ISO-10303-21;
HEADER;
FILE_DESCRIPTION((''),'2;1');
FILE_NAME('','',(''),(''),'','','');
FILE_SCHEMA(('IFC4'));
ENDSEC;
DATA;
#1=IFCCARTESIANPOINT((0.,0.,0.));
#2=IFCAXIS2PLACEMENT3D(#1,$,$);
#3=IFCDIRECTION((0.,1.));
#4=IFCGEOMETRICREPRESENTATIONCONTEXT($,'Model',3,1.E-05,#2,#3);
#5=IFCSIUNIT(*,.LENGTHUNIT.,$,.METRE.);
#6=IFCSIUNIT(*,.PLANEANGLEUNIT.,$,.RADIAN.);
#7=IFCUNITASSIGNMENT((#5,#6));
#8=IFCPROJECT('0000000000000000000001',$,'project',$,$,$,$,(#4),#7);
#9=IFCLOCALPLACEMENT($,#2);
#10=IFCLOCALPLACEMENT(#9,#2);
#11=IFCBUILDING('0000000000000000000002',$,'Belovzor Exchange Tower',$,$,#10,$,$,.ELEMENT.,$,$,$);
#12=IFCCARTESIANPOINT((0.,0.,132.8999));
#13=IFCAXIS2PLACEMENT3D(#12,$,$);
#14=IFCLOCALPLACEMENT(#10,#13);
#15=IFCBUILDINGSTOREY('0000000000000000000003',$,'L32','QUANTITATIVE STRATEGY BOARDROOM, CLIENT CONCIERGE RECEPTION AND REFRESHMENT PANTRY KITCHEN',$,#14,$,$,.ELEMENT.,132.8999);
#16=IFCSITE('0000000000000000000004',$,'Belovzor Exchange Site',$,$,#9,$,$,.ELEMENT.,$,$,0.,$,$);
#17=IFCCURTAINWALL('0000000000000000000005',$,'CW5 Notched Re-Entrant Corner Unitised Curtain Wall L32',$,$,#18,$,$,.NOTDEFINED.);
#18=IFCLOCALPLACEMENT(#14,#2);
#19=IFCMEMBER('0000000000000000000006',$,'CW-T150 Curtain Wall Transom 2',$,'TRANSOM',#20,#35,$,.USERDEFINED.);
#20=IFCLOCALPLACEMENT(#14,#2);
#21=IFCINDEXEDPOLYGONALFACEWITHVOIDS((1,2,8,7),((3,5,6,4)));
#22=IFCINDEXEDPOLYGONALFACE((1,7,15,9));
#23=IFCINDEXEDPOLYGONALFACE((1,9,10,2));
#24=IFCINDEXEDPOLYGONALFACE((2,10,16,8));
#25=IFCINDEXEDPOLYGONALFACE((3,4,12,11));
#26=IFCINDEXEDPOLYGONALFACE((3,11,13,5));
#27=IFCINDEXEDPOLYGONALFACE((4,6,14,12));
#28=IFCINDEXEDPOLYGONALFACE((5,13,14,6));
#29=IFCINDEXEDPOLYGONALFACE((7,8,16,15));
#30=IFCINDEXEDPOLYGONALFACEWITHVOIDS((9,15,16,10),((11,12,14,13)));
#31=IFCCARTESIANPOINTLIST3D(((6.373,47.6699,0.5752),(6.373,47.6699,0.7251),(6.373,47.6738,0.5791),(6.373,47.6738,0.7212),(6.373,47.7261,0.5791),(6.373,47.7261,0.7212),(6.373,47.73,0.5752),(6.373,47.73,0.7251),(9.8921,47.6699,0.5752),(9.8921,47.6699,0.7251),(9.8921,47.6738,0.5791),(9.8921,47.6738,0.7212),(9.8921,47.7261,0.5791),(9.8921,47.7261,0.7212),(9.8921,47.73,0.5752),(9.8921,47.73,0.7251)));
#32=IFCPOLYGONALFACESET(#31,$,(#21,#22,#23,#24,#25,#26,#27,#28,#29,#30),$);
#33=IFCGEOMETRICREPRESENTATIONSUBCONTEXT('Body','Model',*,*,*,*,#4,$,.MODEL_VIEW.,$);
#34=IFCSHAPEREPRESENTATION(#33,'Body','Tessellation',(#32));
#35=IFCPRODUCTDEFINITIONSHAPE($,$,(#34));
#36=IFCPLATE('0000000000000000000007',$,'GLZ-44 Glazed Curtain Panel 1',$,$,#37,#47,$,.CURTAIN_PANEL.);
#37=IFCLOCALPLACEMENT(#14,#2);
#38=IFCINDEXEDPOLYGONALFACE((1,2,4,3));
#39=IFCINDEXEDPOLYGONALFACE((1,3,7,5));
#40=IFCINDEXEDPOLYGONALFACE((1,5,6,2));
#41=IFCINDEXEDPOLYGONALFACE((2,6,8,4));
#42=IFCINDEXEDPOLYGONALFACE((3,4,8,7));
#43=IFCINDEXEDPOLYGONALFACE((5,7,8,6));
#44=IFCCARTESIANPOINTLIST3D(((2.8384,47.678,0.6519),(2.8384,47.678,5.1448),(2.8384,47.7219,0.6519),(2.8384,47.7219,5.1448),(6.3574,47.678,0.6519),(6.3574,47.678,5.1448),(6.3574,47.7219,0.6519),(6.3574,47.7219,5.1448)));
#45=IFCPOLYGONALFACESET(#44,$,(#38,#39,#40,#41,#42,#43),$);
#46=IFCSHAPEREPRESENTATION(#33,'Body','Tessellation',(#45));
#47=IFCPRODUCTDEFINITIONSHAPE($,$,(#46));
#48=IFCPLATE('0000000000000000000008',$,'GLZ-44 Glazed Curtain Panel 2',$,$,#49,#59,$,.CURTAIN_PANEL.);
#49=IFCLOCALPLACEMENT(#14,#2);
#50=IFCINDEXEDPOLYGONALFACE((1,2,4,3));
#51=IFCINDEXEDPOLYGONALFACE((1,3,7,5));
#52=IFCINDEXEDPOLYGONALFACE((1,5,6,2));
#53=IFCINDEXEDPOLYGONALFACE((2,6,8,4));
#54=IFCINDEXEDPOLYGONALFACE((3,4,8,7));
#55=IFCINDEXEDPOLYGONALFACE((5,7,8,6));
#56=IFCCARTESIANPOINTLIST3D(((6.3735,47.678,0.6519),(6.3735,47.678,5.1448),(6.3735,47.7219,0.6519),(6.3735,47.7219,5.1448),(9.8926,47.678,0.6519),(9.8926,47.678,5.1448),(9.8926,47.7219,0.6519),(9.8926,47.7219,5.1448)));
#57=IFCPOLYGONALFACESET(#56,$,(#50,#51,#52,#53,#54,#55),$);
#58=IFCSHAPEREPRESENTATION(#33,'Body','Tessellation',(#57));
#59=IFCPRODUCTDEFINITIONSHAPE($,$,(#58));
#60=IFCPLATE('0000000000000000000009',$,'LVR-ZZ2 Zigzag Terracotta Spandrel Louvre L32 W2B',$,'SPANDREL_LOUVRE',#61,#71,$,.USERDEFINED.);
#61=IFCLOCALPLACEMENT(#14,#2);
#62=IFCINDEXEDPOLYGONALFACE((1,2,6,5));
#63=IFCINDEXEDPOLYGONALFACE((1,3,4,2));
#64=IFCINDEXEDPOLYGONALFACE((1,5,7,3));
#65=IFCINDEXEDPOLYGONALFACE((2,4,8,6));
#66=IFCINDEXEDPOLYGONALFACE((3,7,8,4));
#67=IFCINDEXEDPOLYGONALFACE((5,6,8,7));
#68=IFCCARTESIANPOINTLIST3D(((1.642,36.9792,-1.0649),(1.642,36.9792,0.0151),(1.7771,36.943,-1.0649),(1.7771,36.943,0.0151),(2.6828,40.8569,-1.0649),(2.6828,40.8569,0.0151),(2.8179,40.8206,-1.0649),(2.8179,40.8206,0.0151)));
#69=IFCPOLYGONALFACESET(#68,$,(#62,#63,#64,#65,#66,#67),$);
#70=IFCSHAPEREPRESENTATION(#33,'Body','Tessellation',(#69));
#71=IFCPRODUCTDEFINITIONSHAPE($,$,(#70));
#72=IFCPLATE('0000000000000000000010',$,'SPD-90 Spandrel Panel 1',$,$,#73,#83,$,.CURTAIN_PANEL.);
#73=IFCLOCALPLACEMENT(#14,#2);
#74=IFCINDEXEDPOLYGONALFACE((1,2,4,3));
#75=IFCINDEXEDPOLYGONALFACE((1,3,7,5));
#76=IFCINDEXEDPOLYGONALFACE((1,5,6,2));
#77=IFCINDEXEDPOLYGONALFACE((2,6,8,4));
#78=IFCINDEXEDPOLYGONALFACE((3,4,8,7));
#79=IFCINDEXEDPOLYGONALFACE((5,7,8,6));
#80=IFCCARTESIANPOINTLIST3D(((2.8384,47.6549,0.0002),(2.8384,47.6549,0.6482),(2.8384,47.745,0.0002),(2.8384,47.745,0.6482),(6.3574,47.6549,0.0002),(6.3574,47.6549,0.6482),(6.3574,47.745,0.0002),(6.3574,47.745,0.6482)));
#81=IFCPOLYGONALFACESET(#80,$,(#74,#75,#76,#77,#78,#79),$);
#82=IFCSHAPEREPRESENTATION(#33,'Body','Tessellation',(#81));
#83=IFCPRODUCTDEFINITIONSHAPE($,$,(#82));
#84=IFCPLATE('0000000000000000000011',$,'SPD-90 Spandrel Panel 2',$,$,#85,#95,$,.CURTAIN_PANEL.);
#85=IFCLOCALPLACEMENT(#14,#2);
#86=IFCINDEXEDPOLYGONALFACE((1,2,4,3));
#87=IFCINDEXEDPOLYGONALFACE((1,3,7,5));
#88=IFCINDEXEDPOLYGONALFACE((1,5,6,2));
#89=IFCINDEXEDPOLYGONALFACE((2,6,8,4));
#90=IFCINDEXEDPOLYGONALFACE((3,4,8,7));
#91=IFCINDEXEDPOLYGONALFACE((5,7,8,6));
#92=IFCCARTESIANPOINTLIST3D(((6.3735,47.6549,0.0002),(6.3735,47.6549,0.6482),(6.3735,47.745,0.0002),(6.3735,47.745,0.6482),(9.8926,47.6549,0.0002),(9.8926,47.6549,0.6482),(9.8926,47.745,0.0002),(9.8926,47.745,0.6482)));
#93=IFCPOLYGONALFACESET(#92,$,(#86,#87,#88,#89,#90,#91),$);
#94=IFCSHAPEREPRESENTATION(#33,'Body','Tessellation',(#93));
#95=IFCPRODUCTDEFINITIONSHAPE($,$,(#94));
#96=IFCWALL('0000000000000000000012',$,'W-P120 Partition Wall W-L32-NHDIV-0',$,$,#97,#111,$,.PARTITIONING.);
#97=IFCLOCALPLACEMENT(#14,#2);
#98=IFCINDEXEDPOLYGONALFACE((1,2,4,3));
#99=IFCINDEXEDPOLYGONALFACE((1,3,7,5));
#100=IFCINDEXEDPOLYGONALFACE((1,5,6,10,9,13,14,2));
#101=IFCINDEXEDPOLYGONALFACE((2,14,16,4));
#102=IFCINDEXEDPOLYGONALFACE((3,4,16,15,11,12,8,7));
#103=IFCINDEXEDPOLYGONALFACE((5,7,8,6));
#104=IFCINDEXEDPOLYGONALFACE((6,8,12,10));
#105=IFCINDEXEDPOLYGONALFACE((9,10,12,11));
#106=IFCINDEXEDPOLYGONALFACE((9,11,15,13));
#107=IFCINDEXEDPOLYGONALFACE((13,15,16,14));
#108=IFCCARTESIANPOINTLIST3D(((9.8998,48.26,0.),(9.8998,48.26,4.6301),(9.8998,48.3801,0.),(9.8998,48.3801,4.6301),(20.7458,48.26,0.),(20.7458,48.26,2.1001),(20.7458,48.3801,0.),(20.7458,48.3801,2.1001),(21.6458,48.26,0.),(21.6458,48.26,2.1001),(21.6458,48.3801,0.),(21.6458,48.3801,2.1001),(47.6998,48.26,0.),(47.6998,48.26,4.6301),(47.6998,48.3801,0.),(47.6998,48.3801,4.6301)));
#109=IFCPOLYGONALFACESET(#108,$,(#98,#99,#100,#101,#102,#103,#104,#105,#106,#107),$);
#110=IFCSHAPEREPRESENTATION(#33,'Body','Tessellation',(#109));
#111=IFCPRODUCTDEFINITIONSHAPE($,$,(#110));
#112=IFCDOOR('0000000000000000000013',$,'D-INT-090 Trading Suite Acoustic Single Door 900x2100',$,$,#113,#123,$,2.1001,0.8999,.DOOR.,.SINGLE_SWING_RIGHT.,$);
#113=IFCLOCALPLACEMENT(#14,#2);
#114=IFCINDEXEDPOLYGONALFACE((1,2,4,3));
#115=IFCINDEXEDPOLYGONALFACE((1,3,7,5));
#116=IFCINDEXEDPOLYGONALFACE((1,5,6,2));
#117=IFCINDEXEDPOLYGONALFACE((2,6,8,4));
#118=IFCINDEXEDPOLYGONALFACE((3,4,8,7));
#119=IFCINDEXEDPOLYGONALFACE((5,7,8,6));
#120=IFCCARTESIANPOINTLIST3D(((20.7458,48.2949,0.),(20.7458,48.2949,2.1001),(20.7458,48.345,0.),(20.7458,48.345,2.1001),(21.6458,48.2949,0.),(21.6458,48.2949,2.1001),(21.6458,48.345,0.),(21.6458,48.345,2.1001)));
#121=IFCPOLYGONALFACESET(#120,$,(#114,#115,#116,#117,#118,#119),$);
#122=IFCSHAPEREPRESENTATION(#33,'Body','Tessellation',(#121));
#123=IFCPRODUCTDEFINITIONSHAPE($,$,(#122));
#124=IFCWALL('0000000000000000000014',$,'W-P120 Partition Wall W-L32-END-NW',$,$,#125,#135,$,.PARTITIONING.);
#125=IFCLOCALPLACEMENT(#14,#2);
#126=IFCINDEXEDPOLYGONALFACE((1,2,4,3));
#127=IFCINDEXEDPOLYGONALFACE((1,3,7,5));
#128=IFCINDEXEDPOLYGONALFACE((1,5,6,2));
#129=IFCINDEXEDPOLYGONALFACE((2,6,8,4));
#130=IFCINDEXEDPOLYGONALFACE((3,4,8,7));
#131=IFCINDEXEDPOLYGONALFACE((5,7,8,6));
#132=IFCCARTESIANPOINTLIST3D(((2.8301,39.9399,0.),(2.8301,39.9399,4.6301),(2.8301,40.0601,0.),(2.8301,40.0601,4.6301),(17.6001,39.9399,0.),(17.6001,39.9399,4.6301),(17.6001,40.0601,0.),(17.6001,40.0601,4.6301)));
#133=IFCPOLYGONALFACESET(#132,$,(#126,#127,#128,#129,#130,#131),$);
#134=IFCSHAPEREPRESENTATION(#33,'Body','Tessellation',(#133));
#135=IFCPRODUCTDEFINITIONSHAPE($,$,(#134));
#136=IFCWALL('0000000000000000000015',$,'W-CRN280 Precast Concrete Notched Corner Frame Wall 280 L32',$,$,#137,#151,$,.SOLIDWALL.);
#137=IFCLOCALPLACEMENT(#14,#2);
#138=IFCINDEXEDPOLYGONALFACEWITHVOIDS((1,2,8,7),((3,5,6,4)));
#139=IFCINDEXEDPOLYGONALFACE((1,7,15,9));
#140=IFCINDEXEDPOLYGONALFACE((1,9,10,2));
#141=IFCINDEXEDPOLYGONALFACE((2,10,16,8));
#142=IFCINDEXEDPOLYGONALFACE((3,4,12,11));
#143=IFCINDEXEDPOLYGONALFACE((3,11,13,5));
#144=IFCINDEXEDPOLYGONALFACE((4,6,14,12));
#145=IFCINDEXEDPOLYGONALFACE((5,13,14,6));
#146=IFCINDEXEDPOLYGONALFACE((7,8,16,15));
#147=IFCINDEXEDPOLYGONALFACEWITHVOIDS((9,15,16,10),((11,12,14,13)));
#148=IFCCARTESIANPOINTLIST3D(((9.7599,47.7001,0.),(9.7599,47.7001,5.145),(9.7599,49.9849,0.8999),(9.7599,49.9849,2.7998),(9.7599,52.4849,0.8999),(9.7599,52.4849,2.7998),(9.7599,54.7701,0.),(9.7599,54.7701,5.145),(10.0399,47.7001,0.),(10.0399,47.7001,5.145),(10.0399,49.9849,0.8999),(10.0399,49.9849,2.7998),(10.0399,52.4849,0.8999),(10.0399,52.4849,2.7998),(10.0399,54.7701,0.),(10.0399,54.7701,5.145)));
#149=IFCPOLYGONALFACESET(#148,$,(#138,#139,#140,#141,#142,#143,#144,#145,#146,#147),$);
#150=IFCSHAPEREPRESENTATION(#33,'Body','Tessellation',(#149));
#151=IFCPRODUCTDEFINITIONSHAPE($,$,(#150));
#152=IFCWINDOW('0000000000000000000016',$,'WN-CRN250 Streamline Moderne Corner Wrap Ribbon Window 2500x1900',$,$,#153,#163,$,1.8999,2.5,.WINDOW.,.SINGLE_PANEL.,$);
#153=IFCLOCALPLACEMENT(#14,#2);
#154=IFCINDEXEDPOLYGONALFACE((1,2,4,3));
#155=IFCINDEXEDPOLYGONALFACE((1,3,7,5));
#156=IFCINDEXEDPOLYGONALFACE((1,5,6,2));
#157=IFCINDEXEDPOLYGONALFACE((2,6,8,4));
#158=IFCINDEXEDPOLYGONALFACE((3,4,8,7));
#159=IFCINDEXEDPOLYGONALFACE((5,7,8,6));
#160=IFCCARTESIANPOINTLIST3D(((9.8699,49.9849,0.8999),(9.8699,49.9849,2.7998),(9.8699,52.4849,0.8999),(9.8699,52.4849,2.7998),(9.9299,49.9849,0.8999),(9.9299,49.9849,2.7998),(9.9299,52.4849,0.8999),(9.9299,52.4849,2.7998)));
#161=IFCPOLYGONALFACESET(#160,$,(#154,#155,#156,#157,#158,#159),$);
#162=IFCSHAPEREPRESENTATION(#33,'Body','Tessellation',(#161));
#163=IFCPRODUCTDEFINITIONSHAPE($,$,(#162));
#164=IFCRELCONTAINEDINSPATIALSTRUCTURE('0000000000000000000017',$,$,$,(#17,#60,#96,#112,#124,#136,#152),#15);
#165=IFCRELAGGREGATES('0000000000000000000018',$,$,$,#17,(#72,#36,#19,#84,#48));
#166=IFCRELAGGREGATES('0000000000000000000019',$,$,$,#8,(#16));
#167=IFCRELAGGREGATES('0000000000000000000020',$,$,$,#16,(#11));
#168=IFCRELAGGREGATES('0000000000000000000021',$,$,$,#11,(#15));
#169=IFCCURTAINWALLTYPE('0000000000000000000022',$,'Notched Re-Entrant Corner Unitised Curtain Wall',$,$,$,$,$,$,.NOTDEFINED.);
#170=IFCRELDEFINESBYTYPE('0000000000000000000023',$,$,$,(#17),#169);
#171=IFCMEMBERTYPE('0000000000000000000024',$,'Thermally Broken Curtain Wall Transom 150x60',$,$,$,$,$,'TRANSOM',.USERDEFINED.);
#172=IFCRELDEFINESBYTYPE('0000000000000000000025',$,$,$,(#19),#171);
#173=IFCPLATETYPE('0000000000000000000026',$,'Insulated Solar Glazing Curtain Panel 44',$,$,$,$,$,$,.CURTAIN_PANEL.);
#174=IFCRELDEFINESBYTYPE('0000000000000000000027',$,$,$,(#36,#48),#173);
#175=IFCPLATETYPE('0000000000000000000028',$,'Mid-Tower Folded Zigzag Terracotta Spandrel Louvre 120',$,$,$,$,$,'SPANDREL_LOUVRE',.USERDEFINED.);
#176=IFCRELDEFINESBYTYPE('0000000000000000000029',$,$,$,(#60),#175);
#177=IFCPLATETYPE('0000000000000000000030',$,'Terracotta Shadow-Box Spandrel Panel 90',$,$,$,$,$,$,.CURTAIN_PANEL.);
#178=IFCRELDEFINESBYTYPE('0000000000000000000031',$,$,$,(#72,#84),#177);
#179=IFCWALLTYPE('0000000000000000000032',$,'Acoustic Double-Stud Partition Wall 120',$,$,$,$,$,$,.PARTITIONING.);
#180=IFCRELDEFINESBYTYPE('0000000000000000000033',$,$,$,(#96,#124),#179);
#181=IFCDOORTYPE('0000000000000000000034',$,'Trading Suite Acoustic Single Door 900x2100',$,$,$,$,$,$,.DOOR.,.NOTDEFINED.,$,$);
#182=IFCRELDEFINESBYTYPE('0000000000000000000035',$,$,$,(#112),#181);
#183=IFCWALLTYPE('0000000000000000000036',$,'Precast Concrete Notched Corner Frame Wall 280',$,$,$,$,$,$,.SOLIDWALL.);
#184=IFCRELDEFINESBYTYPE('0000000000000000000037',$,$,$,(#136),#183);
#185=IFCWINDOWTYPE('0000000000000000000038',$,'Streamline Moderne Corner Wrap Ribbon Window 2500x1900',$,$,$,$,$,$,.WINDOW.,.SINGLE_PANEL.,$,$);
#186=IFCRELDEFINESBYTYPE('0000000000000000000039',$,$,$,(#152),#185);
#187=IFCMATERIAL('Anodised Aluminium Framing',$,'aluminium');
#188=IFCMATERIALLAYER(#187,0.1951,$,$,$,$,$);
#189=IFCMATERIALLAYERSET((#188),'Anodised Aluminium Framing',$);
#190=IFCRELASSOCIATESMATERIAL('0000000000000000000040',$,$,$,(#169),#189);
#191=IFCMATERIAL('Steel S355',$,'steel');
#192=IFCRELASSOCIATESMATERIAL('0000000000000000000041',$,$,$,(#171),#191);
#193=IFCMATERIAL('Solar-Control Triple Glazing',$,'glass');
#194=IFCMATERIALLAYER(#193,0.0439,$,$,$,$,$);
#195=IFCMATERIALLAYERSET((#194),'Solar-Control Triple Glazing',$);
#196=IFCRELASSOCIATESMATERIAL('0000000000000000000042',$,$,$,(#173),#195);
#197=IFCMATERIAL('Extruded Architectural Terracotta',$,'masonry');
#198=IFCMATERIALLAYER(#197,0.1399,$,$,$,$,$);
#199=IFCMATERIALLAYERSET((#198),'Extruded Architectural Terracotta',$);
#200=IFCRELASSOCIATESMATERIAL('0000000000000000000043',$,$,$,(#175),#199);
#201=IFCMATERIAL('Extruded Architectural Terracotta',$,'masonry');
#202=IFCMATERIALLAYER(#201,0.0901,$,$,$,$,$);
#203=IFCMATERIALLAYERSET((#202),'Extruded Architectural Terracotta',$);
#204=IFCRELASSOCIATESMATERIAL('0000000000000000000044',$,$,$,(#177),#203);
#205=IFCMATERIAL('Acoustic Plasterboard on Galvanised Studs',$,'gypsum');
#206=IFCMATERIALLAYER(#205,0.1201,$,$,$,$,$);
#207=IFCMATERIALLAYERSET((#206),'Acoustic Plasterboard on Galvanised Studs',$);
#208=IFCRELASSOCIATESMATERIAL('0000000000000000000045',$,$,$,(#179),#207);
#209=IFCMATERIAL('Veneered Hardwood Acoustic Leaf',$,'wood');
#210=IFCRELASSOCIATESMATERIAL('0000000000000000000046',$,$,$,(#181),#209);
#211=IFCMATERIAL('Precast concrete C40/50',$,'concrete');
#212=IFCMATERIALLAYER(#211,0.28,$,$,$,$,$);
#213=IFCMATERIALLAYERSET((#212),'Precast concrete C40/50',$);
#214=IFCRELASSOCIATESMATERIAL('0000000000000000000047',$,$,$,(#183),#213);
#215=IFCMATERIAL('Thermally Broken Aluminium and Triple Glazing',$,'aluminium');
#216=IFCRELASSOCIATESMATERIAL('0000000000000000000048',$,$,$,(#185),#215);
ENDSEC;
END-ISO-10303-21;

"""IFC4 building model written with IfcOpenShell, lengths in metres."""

from ifc_helpers import new_model, si_unit, direction, frame, frame_2d, origin, origin_2d, place, context, subcontext, project, spatial, rectangle, hollow_rectangle, extrude, material, layer, layer_set, material_profile, profile_set, type_object, element, fill, aggregate, save


model = new_model("IFC4")

# Units and contexts
model_context = context("Model", 3, precision=1e-05, world=origin(), true_north=direction((0.0, 1.0)))
body_context = subcontext(model_context, "Body", "Model", "MODEL_VIEW")
ifc_project = project(units=[si_unit("LENGTHUNIT", "METRE"), si_unit("PLANEANGLEUNIT", "RADIAN")], contexts=[model_context])

# Site, building, storey
site_placement = place(None, origin())
site = spatial("IfcSite", under=ifc_project, at=site_placement, Name="Belovzor Exchange Site", CompositionType="ELEMENT", RefElevation=0.0)
building_placement = place(site_placement, origin())
building = spatial("IfcBuilding", under=site, at=building_placement, Name="Belovzor Exchange Tower", CompositionType="ELEMENT")
storey_placement = place(building_placement, frame((0.0, 0.0, 132.8999)))
storey = spatial("IfcBuildingStorey", under=building, at=storey_placement, Name="L32", Description="QUANTITATIVE STRATEGY BOARDROOM, CLIENT CONCIERGE RECEPTION AND REFRESHMENT PANTRY KITCHEN", CompositionType="ELEMENT", Elevation=132.8999)

# Curtain wall, member, plates
ifc_material_1 = material(Name="Anodised Aluminium Framing", Category="aluminium")
ifc_layer_1 = layer(ifc_material_1, 0.1951)
ifc_layer_set_1 = layer_set([ifc_layer_1], Name="Anodised Aluminium Framing")
curtain_wall_type = type_object("IfcCurtainWallType", Name="Notched Re-Entrant Corner Unitised Curtain Wall", PredefinedType="NOTDEFINED", material=ifc_layer_set_1)
curtain_wall_placement = place(storey_placement, origin())
curtain_wall = element("IfcCurtainWall", 1, at=curtain_wall_placement, inside=storey, type_object=curtain_wall_type, Name="CW5 Notched Re-Entrant Corner Unitised Curtain Wall L32", PredefinedType="NOTDEFINED")
ifc_material_2 = material(Name="Steel S355", Category="steel")
ifc_material_profile_1 = material_profile(ifc_material_2, hollow_rectangle(XDim=0.0601, YDim=0.1499, WallThickness=0.0039, at=origin_2d()))
ifc_profile_set_1 = profile_set([ifc_material_profile_1], Name="Steel S355")
member_type_1 = type_object("IfcMemberType", Name="Thermally Broken Curtain Wall Transom 150x60", ElementType="TRANSOM", PredefinedType="USERDEFINED", material=ifc_profile_set_1)
member_1_placement = place(storey_placement, frame((6.373, 47.7, 0.6501), z_axis=(1.0, 0.0, 0.0), x_axis=(0.0, 1.0, 0.0)))
member_1 = element("IfcMember", 2, at=member_1_placement, type_object=member_type_1, Name="CW-T150 Curtain Wall Transom 2", ObjectType="TRANSOM", PredefinedType="USERDEFINED", context=body_context, shape_type="SweptSolid", body=[
    extrude(hollow_rectangle(XDim=0.0601, YDim=0.1499, WallThickness=0.0039, at=origin_2d()), origin(), (0.0, 0.0, 1.0), 3.519),
])
ifc_material_3 = material(Name="Solar-Control Triple Glazing", Category="glass")
ifc_layer_2 = layer(ifc_material_3, 0.0439)
ifc_layer_set_2 = layer_set([ifc_layer_2], Name="Solar-Control Triple Glazing")
plate_type_1 = type_object("IfcPlateType", Name="Insulated Solar Glazing Curtain Panel 44", PredefinedType="CURTAIN_PANEL", material=ifc_layer_set_2)
plate_1_placement = place(storey_placement, frame((4.5979, 47.7, 0.6519), z_axis=(0.0, 0.0, 1.0), x_axis=(1.0, 0.0, 0.0)))
plate_1 = element("IfcPlate", 3, at=plate_1_placement, type_object=plate_type_1, Name="GLZ-44 Glazed Curtain Panel 1", PredefinedType="CURTAIN_PANEL", context=body_context, shape_type="SweptSolid", body=[
    extrude(rectangle(XDim=3.519, YDim=0.0439, at=origin_2d()), origin(), (0.0, 0.0, 1.0), 4.4929),
])
plate_2_placement = place(storey_placement, frame((8.1331, 47.7, 0.6519), z_axis=(0.0, 0.0, 1.0), x_axis=(1.0, 0.0, 0.0)))
plate_2 = element("IfcPlate", 4, at=plate_2_placement, type_object=plate_type_1, Name="GLZ-44 Glazed Curtain Panel 2", PredefinedType="CURTAIN_PANEL", context=body_context, shape_type="SweptSolid", body=[
    extrude(rectangle(XDim=3.519, YDim=0.0439, at=origin_2d()), origin(), (0.0, 0.0, 1.0), 4.4929),
])

# Plates
ifc_material_4 = material(Name="Extruded Architectural Terracotta", Category="masonry")
ifc_layer_3 = layer(ifc_material_4, 0.1399)
ifc_layer_set_3 = layer_set([ifc_layer_3], Name="Extruded Architectural Terracotta")
plate_type_2 = type_object("IfcPlateType", Name="Mid-Tower Folded Zigzag Terracotta Spandrel Louvre 120", ElementType="SPANDREL_LOUVRE", PredefinedType="USERDEFINED", material=ifc_layer_set_3)
plate_3_placement = place(storey_placement, frame((2.23, 38.8999, -1.0649), z_axis=(0.0, 0.0, 1.0), x_axis=(0.25924, 0.965813, 0.0)))
element("IfcPlate", 5, at=plate_3_placement, inside=storey, type_object=plate_type_2, Name="LVR-ZZ2 Zigzag Terracotta Spandrel Louvre L32 W2B", ObjectType="SPANDREL_LOUVRE", PredefinedType="USERDEFINED", context=body_context, shape_type="SweptSolid", body=[
    extrude(rectangle(XDim=4.0149, YDim=0.1399, at=origin_2d()), origin(), (0.0, 0.0, 1.0), 1.0801),
])
ifc_material_5 = material(Name="Extruded Architectural Terracotta", Category="masonry")
ifc_layer_4 = layer(ifc_material_5, 0.0901)
ifc_layer_set_4 = layer_set([ifc_layer_4], Name="Extruded Architectural Terracotta")
plate_type_3 = type_object("IfcPlateType", Name="Terracotta Shadow-Box Spandrel Panel 90", PredefinedType="CURTAIN_PANEL", material=ifc_layer_set_4)
plate_4_placement = place(storey_placement, frame((4.5979, 47.7, 0.0002), z_axis=(0.0, 0.0, 1.0), x_axis=(1.0, 0.0, 0.0)))
plate_4 = element("IfcPlate", 6, at=plate_4_placement, type_object=plate_type_3, Name="SPD-90 Spandrel Panel 1", PredefinedType="CURTAIN_PANEL", context=body_context, shape_type="SweptSolid", body=[
    extrude(rectangle(XDim=3.519, YDim=0.0901, at=origin_2d()), origin(), (0.0, 0.0, 1.0), 0.6479),
])
plate_5_placement = place(storey_placement, frame((8.1331, 47.7, 0.0002), z_axis=(0.0, 0.0, 1.0), x_axis=(1.0, 0.0, 0.0)))
plate_5 = element("IfcPlate", 7, at=plate_5_placement, type_object=plate_type_3, Name="SPD-90 Spandrel Panel 2", PredefinedType="CURTAIN_PANEL", context=body_context, shape_type="SweptSolid", body=[
    extrude(rectangle(XDim=3.519, YDim=0.0901, at=origin_2d()), origin(), (0.0, 0.0, 1.0), 0.6479),
])
aggregate(curtain_wall, [plate_4, plate_1, member_1, plate_5, plate_2])

# Wall, opening, door
ifc_material_6 = material(Name="Acoustic Plasterboard on Galvanised Studs", Category="gypsum")
ifc_layer_5 = layer(ifc_material_6, 0.1201)
ifc_layer_set_5 = layer_set([ifc_layer_5], Name="Acoustic Plasterboard on Galvanised Studs")
wall_type_1 = type_object("IfcWallType", Name="Acoustic Double-Stud Partition Wall 120", PredefinedType="PARTITIONING", material=ifc_layer_set_5)
wall_1_placement = place(storey_placement, frame((9.8999, 48.3201, 0.0), z_axis=(0.0, 0.0, 1.0), x_axis=(1.0, 0.0, 0.0)))
wall_1 = element("IfcWall", 8, at=wall_1_placement, inside=storey, type_object=wall_type_1, Name="W-P120 Partition Wall W-L32-NHDIV-0", PredefinedType="PARTITIONING", context=body_context, shape_type="SweptSolid", body=[
    extrude(rectangle(XDim=37.8, YDim=0.1201, at=frame_2d((18.8999, 0.0))), origin(), (0.0, 0.0, 1.0), 4.6301),
])
opening_1_placement = place(wall_1_placement, frame((10.8459, 0.0, 0.0)))
opening_1 = element("IfcOpeningElement", 9, at=opening_1_placement, cuts=wall_1, PredefinedType="OPENING", context=body_context, shape_type="SweptSolid", body=[
    extrude(rectangle(XDim=0.8999, YDim=2.1001, at=frame_2d((0.45, 1.05))), frame((0.0, 0.0701, 0.0), z_axis=(0.0, -1.0, 0.0), x_axis=(1.0, 0.0, 0.0)), (0.0, 0.0, 1.0), 0.1401),
])
ifc_material_7 = material(Name="Veneered Hardwood Acoustic Leaf", Category="wood")
door_type = type_object("IfcDoorType", Name="Trading Suite Acoustic Single Door 900x2100", OperationType="NOTDEFINED", PredefinedType="DOOR", material=ifc_material_7)
door_placement = place(opening_1_placement, origin())
door = element("IfcDoor", 10, at=door_placement, inside=storey, type_object=door_type, Name="D-INT-090 Trading Suite Acoustic Single Door 900x2100", OperationType="SINGLE_SWING_RIGHT", OverallHeight=2.1001, OverallWidth=0.8999, PredefinedType="DOOR", context=body_context, shape_type="SweptSolid", body=[
    extrude(rectangle(XDim=0.8999, YDim=2.1001, at=frame_2d((0.45, 1.05))), frame((0.0, 0.0249, 0.0), z_axis=(0.0, -1.0, 0.0), x_axis=(1.0, 0.0, 0.0)), (0.0, 0.0, 1.0), 0.05),
])
fill(opening_1, door)

# Wall
wall_2_placement = place(storey_placement, frame((2.8301, 40.0, 0.0), z_axis=(0.0, 0.0, 1.0), x_axis=(1.0, 0.0, 0.0)))
element("IfcWall", 11, at=wall_2_placement, inside=storey, type_object=wall_type_1, Name="W-P120 Partition Wall W-L32-END-NW", PredefinedType="PARTITIONING", context=body_context, shape_type="SweptSolid", body=[
    extrude(rectangle(XDim=14.77, YDim=0.1201, at=frame_2d((7.385, 0.0))), origin(), (0.0, 0.0, 1.0), 4.6301),
])

# Wall, opening, window
ifc_material_8 = material(Name="Precast concrete C40/50", Category="concrete")
ifc_layer_6 = layer(ifc_material_8, 0.28)
ifc_layer_set_6 = layer_set([ifc_layer_6], Name="Precast concrete C40/50")
wall_type_2 = type_object("IfcWallType", Name="Precast Concrete Notched Corner Frame Wall 280", PredefinedType="SOLIDWALL", material=ifc_layer_set_6)
wall_3_placement = place(storey_placement, frame((9.8999, 47.7, 0.0), z_axis=(0.0, 0.0, 1.0), x_axis=(0.0, 1.0, 0.0)))
wall_3 = element("IfcWall", 12, at=wall_3_placement, inside=storey, type_object=wall_type_2, Name="W-CRN280 Precast Concrete Notched Corner Frame Wall 280 L32", PredefinedType="SOLIDWALL", context=body_context, shape_type="SweptSolid", body=[
    extrude(rectangle(XDim=7.0701, YDim=0.28, at=frame_2d((3.5352, 0.0))), origin(), (0.0, 0.0, 1.0), 5.145),
])
opening_2_placement = place(wall_3_placement, frame((2.2849, 0.0, 0.8999)))
opening_2 = element("IfcOpeningElement", 13, at=opening_2_placement, cuts=wall_3, PredefinedType="OPENING", context=body_context, shape_type="SweptSolid", body=[
    extrude(rectangle(XDim=2.5, YDim=1.8999, at=frame_2d((1.25, 0.95))), frame((0.0, 0.1499, 0.0), z_axis=(0.0, -1.0, 0.0), x_axis=(1.0, 0.0, 0.0)), (0.0, 0.0, 1.0), 0.3),
])
ifc_material_9 = material(Name="Thermally Broken Aluminium and Triple Glazing", Category="aluminium")
window_type_1 = type_object("IfcWindowType", Name="Streamline Moderne Corner Wrap Ribbon Window 2500x1900", PartitioningType="SINGLE_PANEL", PredefinedType="WINDOW", material=ifc_material_9)
window_1_placement = place(opening_2_placement, origin())
window_1 = element("IfcWindow", 14, at=window_1_placement, inside=storey, type_object=window_type_1, Name="WN-CRN250 Streamline Moderne Corner Wrap Ribbon Window 2500x1900", OverallHeight=1.8999, OverallWidth=2.5, PartitioningType="SINGLE_PANEL", PredefinedType="WINDOW", context=body_context, shape_type="SweptSolid", body=[
    extrude(rectangle(XDim=2.5, YDim=1.8999, at=frame_2d((1.25, 0.95))), frame((0.0, 0.03, 0.0), z_axis=(0.0, -1.0, 0.0), x_axis=(1.0, 0.0, 0.0)), (0.0, 0.0, 1.0), 0.0601),
])
fill(opening_2, window_1)

save(model, "model.ifc")
